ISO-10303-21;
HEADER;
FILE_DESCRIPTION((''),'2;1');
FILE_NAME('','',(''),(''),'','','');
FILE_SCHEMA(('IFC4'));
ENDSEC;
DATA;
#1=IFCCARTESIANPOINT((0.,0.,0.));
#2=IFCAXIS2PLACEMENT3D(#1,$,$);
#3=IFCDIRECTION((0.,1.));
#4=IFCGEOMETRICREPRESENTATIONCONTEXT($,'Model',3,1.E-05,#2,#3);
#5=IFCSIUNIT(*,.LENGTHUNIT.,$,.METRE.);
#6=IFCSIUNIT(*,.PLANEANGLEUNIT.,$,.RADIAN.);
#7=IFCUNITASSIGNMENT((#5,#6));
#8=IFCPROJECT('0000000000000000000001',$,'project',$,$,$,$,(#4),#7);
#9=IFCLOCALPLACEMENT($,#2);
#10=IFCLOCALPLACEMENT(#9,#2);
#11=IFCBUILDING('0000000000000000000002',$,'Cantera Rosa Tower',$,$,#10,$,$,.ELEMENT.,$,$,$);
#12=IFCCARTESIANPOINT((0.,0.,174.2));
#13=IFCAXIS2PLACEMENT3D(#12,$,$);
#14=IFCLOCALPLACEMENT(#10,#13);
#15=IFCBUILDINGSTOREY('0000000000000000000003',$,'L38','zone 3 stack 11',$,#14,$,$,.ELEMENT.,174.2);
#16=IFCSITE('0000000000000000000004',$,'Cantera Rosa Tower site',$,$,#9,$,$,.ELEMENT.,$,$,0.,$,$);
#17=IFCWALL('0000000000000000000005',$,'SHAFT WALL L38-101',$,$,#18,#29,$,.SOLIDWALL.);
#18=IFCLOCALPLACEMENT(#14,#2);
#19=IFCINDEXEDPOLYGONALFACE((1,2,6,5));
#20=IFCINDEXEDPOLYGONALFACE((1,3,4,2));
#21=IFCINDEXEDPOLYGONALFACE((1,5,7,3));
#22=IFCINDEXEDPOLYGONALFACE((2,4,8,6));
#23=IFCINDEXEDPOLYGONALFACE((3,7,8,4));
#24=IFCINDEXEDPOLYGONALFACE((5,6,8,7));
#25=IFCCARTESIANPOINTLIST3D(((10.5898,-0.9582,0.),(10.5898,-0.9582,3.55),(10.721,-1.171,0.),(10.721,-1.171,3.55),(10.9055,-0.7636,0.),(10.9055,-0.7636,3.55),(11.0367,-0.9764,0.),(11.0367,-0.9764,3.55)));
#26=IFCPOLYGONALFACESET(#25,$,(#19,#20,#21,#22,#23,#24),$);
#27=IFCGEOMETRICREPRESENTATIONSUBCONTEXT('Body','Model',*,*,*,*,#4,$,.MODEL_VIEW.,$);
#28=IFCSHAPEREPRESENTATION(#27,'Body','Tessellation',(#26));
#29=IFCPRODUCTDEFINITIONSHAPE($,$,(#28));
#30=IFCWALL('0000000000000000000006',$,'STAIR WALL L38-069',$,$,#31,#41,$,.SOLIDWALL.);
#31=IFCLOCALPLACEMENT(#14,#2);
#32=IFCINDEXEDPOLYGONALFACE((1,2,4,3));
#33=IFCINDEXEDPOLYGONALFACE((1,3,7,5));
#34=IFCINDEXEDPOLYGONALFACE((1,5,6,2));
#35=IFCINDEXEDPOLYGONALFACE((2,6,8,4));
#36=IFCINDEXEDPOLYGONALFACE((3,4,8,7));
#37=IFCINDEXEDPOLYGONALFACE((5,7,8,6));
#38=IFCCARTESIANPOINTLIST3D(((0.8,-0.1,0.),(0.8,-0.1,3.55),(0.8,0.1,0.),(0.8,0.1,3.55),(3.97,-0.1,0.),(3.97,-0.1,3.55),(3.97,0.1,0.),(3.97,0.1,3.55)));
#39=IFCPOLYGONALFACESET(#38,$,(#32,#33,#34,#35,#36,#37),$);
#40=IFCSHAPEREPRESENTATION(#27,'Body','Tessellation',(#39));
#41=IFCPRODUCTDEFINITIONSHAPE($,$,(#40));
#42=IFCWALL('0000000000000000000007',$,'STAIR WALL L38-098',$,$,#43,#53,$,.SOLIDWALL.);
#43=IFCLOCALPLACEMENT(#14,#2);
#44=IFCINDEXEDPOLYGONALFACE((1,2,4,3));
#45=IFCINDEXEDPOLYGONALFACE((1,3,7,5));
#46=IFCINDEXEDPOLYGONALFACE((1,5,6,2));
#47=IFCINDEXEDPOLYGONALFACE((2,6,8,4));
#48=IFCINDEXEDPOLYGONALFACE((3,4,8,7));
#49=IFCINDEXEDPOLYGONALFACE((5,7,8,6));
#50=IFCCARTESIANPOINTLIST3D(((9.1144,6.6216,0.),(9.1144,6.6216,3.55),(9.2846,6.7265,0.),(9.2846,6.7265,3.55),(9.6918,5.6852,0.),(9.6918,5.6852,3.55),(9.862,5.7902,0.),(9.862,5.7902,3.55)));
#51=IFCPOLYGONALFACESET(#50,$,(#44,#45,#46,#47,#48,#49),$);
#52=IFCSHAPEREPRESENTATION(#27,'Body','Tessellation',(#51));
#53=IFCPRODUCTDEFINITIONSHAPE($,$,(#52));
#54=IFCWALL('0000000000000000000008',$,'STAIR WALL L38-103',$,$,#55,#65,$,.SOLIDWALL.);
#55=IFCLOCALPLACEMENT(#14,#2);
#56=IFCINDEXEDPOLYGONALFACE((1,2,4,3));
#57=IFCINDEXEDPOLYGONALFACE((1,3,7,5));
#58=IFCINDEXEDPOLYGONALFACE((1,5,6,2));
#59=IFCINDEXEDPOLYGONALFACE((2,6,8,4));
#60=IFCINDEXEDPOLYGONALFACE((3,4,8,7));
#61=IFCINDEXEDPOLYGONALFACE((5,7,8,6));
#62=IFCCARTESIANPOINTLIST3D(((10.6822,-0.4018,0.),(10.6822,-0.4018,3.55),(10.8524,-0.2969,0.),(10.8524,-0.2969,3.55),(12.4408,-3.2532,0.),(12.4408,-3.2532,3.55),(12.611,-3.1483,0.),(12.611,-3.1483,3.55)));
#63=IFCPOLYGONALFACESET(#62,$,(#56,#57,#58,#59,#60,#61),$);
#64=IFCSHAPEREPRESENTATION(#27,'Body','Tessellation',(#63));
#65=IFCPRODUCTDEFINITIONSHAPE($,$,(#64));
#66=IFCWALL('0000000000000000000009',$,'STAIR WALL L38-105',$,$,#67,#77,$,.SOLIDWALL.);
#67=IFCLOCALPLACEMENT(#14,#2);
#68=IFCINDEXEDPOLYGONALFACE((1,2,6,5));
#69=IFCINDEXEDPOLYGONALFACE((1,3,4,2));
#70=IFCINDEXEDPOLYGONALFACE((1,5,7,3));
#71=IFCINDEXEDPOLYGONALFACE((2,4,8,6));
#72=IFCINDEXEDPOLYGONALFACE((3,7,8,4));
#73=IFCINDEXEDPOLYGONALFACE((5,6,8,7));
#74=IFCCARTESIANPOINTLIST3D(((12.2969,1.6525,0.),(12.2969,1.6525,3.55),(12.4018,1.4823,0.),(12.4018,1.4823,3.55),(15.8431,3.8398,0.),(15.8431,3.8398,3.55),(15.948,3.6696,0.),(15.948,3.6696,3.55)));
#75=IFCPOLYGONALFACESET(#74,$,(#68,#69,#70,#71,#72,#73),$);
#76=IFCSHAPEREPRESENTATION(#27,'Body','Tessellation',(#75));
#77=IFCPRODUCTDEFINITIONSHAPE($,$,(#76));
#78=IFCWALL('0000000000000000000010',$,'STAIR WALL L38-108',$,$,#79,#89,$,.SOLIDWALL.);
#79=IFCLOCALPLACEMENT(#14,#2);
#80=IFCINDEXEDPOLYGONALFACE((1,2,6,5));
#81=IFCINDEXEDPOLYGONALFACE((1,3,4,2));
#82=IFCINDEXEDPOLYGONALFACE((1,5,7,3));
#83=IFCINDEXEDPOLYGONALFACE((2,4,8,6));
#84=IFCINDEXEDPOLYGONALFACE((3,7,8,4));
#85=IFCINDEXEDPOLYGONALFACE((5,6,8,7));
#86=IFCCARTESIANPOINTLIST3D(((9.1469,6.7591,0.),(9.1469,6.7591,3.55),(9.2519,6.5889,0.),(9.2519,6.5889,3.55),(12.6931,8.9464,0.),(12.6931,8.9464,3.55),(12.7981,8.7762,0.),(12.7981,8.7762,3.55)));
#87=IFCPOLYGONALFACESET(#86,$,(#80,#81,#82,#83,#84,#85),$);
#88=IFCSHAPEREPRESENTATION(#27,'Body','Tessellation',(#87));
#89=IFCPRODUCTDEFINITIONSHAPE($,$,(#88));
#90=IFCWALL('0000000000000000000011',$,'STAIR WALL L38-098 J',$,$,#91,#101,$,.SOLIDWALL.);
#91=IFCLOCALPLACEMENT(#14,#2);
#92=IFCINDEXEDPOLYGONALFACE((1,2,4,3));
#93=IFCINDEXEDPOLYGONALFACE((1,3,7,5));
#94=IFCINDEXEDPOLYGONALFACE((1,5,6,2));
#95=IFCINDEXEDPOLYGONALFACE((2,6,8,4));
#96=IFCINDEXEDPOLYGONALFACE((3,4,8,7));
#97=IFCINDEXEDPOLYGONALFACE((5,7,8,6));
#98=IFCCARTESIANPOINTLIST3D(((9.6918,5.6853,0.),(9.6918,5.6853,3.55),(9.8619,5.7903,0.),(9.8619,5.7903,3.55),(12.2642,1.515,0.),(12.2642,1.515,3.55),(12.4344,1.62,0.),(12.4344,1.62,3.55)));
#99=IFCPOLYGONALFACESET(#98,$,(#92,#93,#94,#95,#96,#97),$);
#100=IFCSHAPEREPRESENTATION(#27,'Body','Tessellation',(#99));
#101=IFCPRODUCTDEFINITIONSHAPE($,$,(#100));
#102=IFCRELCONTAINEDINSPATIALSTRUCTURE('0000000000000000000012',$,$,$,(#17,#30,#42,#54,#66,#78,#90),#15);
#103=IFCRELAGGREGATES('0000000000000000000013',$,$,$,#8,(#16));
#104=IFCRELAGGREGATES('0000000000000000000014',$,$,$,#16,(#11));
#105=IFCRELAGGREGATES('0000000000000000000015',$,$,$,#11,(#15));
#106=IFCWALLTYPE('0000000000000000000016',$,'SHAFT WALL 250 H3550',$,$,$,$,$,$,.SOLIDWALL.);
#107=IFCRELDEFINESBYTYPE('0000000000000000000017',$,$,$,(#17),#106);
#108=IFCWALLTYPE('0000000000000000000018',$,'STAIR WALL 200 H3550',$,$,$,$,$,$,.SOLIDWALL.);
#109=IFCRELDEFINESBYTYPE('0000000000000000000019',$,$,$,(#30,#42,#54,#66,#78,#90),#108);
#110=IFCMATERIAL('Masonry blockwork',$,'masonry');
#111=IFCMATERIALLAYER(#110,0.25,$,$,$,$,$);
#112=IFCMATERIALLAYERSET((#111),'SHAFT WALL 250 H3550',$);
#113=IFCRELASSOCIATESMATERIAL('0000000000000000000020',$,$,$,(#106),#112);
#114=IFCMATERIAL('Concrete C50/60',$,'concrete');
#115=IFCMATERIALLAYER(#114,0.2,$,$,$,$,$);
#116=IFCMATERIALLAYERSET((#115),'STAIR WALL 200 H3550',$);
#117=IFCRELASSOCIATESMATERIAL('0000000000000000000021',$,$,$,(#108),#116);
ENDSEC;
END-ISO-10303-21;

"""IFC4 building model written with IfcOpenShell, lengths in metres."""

from ifc_helpers import new_model, si_unit, direction, frame, frame_2d, origin, place, context, subcontext, project, spatial, rectangle, extrude, material, layer, layer_set, type_object, element, save


model = new_model("IFC4")

# Units and contexts
model_context = context("Model", 3, precision=1e-05, world=origin(), true_north=direction((0.0, 1.0)))
body_context = subcontext(model_context, "Body", "Model", "MODEL_VIEW")
ifc_project = project(units=[si_unit("LENGTHUNIT", "METRE"), si_unit("PLANEANGLEUNIT", "RADIAN")], contexts=[model_context])

# Site, building, storey
site_placement = place(None, origin())
site = spatial("IfcSite", under=ifc_project, at=site_placement, Name="Cantera Rosa Tower site", CompositionType="ELEMENT", RefElevation=0.0)
building_placement = place(site_placement, origin())
building = spatial("IfcBuilding", under=site, at=building_placement, Name="Cantera Rosa Tower", CompositionType="ELEMENT")
storey_placement = place(building_placement, frame((0.0, 0.0, 174.2)))
storey = spatial("IfcBuildingStorey", under=building, at=storey_placement, Name="L38", Description="zone 3 stack 11", CompositionType="ELEMENT", Elevation=174.2)

# Walls
ifc_material_1 = material(Name="Masonry blockwork", Category="masonry")
ifc_layer_1 = layer(ifc_material_1, 0.25)
ifc_layer_set_1 = layer_set([ifc_layer_1], Name="SHAFT WALL 250 H3550")
wall_type_1 = type_object("IfcWallType", Name="SHAFT WALL 250 H3550", PredefinedType="SOLIDWALL", material=ifc_layer_set_1)
wall_1_placement = place(storey_placement, frame((10.6553, -1.0647, 0.0), z_axis=(0.0, 0.0, 1.0), x_axis=(0.851274, 0.524722, 0.0)))
element("IfcWall", 1, at=wall_1_placement, inside=storey, type_object=wall_type_1, Name="SHAFT WALL L38-101", PredefinedType="SOLIDWALL", context=body_context, shape_type="SweptSolid", body=[
    extrude(rectangle(XDim=0.3708, YDim=0.25, at=frame_2d((0.1855, 0.0))), origin(), (0.0, 0.0, 1.0), 3.55),
])
ifc_material_2 = material(Name="Concrete C50/60", Category="concrete")
ifc_layer_2 = layer(ifc_material_2, 0.2)
ifc_layer_set_2 = layer_set([ifc_layer_2], Name="STAIR WALL 200 H3550")
wall_type_2 = type_object("IfcWallType", Name="STAIR WALL 200 H3550", PredefinedType="SOLIDWALL", material=ifc_layer_set_2)
wall_2_placement = place(storey_placement, frame((0.8, 0.0, 0.0), z_axis=(0.0, 0.0, 1.0), x_axis=(1.0, 0.0, 0.0)))
element("IfcWall", 2, at=wall_2_placement, inside=storey, type_object=wall_type_2, Name="STAIR WALL L38-069", PredefinedType="SOLIDWALL", context=body_context, shape_type="SweptSolid", body=[
    extrude(rectangle(XDim=3.1699, YDim=0.2, at=frame_2d((1.585, 0.0))), origin(), (0.0, 0.0, 1.0), 3.55),
])
wall_3_placement = place(storey_placement, frame((9.1995, 6.6741, 0.0), z_axis=(0.0, 0.0, 1.0), x_axis=(0.524902, -0.851163, 0.0)))
element("IfcWall", 3, at=wall_3_placement, inside=storey, type_object=wall_type_2, Name="STAIR WALL L38-098", PredefinedType="SOLIDWALL", context=body_context, shape_type="SweptSolid", body=[
    extrude(rectangle(XDim=1.1001, YDim=0.2, at=frame_2d((0.55, 0.0))), origin(), (0.0, 0.0, 1.0), 3.55),
])
wall_4_placement = place(storey_placement, frame((10.7673, -0.3494, 0.0), z_axis=(0.0, 0.0, 1.0), x_axis=(0.524939, -0.85114, 0.0)))
element("IfcWall", 4, at=wall_4_placement, inside=storey, type_object=wall_type_2, Name="STAIR WALL L38-103", PredefinedType="SOLIDWALL", context=body_context, shape_type="SweptSolid", body=[
    extrude(rectangle(XDim=3.3501, YDim=0.2, at=frame_2d((1.675, 0.0))), origin(), (0.0, 0.0, 1.0), 3.55),
])
for number, where, z_axis, x_axis, name in (
    (5, (12.3494, 1.5674, 0.0), (0.0, 0.0, 1.0), (0.851121, 0.52497, 0.0), "STAIR WALL L38-105"),
    (6, (12.7456, 8.8613, 0.0), (0.0, 0.0, 1.0), (-0.851121, -0.52497, 0.0), "STAIR WALL L38-108"),
):
    element("IfcWall", number, at=place(storey_placement, frame(where, z_axis=z_axis, x_axis=x_axis)), inside=storey, type_object=wall_type_2, Name=name, PredefinedType="SOLIDWALL", context=body_context, shape_type="SweptSolid", body=[
        extrude(rectangle(XDim=4.1665, YDim=0.2, at=frame_2d((2.0833, 0.0))), origin(), (0.0, 0.0, 1.0), 3.55),
    ])
wall_5_placement = place(storey_placement, frame((9.7769, 5.7378, 0.0), z_axis=(0.0, 0.0, 1.0), x_axis=(0.525001, -0.851102, 0.0)))
element("IfcWall", 7, at=wall_5_placement, inside=storey, type_object=wall_type_2, Name="STAIR WALL L38-098 J", PredefinedType="SOLIDWALL", context=body_context, shape_type="SweptSolid", body=[
    extrude(rectangle(XDim=4.8999, YDim=0.2, at=frame_2d((2.45, 0.0))), origin(), (0.0, 0.0, 1.0), 3.55),
])

save(model, "model.ifc")
